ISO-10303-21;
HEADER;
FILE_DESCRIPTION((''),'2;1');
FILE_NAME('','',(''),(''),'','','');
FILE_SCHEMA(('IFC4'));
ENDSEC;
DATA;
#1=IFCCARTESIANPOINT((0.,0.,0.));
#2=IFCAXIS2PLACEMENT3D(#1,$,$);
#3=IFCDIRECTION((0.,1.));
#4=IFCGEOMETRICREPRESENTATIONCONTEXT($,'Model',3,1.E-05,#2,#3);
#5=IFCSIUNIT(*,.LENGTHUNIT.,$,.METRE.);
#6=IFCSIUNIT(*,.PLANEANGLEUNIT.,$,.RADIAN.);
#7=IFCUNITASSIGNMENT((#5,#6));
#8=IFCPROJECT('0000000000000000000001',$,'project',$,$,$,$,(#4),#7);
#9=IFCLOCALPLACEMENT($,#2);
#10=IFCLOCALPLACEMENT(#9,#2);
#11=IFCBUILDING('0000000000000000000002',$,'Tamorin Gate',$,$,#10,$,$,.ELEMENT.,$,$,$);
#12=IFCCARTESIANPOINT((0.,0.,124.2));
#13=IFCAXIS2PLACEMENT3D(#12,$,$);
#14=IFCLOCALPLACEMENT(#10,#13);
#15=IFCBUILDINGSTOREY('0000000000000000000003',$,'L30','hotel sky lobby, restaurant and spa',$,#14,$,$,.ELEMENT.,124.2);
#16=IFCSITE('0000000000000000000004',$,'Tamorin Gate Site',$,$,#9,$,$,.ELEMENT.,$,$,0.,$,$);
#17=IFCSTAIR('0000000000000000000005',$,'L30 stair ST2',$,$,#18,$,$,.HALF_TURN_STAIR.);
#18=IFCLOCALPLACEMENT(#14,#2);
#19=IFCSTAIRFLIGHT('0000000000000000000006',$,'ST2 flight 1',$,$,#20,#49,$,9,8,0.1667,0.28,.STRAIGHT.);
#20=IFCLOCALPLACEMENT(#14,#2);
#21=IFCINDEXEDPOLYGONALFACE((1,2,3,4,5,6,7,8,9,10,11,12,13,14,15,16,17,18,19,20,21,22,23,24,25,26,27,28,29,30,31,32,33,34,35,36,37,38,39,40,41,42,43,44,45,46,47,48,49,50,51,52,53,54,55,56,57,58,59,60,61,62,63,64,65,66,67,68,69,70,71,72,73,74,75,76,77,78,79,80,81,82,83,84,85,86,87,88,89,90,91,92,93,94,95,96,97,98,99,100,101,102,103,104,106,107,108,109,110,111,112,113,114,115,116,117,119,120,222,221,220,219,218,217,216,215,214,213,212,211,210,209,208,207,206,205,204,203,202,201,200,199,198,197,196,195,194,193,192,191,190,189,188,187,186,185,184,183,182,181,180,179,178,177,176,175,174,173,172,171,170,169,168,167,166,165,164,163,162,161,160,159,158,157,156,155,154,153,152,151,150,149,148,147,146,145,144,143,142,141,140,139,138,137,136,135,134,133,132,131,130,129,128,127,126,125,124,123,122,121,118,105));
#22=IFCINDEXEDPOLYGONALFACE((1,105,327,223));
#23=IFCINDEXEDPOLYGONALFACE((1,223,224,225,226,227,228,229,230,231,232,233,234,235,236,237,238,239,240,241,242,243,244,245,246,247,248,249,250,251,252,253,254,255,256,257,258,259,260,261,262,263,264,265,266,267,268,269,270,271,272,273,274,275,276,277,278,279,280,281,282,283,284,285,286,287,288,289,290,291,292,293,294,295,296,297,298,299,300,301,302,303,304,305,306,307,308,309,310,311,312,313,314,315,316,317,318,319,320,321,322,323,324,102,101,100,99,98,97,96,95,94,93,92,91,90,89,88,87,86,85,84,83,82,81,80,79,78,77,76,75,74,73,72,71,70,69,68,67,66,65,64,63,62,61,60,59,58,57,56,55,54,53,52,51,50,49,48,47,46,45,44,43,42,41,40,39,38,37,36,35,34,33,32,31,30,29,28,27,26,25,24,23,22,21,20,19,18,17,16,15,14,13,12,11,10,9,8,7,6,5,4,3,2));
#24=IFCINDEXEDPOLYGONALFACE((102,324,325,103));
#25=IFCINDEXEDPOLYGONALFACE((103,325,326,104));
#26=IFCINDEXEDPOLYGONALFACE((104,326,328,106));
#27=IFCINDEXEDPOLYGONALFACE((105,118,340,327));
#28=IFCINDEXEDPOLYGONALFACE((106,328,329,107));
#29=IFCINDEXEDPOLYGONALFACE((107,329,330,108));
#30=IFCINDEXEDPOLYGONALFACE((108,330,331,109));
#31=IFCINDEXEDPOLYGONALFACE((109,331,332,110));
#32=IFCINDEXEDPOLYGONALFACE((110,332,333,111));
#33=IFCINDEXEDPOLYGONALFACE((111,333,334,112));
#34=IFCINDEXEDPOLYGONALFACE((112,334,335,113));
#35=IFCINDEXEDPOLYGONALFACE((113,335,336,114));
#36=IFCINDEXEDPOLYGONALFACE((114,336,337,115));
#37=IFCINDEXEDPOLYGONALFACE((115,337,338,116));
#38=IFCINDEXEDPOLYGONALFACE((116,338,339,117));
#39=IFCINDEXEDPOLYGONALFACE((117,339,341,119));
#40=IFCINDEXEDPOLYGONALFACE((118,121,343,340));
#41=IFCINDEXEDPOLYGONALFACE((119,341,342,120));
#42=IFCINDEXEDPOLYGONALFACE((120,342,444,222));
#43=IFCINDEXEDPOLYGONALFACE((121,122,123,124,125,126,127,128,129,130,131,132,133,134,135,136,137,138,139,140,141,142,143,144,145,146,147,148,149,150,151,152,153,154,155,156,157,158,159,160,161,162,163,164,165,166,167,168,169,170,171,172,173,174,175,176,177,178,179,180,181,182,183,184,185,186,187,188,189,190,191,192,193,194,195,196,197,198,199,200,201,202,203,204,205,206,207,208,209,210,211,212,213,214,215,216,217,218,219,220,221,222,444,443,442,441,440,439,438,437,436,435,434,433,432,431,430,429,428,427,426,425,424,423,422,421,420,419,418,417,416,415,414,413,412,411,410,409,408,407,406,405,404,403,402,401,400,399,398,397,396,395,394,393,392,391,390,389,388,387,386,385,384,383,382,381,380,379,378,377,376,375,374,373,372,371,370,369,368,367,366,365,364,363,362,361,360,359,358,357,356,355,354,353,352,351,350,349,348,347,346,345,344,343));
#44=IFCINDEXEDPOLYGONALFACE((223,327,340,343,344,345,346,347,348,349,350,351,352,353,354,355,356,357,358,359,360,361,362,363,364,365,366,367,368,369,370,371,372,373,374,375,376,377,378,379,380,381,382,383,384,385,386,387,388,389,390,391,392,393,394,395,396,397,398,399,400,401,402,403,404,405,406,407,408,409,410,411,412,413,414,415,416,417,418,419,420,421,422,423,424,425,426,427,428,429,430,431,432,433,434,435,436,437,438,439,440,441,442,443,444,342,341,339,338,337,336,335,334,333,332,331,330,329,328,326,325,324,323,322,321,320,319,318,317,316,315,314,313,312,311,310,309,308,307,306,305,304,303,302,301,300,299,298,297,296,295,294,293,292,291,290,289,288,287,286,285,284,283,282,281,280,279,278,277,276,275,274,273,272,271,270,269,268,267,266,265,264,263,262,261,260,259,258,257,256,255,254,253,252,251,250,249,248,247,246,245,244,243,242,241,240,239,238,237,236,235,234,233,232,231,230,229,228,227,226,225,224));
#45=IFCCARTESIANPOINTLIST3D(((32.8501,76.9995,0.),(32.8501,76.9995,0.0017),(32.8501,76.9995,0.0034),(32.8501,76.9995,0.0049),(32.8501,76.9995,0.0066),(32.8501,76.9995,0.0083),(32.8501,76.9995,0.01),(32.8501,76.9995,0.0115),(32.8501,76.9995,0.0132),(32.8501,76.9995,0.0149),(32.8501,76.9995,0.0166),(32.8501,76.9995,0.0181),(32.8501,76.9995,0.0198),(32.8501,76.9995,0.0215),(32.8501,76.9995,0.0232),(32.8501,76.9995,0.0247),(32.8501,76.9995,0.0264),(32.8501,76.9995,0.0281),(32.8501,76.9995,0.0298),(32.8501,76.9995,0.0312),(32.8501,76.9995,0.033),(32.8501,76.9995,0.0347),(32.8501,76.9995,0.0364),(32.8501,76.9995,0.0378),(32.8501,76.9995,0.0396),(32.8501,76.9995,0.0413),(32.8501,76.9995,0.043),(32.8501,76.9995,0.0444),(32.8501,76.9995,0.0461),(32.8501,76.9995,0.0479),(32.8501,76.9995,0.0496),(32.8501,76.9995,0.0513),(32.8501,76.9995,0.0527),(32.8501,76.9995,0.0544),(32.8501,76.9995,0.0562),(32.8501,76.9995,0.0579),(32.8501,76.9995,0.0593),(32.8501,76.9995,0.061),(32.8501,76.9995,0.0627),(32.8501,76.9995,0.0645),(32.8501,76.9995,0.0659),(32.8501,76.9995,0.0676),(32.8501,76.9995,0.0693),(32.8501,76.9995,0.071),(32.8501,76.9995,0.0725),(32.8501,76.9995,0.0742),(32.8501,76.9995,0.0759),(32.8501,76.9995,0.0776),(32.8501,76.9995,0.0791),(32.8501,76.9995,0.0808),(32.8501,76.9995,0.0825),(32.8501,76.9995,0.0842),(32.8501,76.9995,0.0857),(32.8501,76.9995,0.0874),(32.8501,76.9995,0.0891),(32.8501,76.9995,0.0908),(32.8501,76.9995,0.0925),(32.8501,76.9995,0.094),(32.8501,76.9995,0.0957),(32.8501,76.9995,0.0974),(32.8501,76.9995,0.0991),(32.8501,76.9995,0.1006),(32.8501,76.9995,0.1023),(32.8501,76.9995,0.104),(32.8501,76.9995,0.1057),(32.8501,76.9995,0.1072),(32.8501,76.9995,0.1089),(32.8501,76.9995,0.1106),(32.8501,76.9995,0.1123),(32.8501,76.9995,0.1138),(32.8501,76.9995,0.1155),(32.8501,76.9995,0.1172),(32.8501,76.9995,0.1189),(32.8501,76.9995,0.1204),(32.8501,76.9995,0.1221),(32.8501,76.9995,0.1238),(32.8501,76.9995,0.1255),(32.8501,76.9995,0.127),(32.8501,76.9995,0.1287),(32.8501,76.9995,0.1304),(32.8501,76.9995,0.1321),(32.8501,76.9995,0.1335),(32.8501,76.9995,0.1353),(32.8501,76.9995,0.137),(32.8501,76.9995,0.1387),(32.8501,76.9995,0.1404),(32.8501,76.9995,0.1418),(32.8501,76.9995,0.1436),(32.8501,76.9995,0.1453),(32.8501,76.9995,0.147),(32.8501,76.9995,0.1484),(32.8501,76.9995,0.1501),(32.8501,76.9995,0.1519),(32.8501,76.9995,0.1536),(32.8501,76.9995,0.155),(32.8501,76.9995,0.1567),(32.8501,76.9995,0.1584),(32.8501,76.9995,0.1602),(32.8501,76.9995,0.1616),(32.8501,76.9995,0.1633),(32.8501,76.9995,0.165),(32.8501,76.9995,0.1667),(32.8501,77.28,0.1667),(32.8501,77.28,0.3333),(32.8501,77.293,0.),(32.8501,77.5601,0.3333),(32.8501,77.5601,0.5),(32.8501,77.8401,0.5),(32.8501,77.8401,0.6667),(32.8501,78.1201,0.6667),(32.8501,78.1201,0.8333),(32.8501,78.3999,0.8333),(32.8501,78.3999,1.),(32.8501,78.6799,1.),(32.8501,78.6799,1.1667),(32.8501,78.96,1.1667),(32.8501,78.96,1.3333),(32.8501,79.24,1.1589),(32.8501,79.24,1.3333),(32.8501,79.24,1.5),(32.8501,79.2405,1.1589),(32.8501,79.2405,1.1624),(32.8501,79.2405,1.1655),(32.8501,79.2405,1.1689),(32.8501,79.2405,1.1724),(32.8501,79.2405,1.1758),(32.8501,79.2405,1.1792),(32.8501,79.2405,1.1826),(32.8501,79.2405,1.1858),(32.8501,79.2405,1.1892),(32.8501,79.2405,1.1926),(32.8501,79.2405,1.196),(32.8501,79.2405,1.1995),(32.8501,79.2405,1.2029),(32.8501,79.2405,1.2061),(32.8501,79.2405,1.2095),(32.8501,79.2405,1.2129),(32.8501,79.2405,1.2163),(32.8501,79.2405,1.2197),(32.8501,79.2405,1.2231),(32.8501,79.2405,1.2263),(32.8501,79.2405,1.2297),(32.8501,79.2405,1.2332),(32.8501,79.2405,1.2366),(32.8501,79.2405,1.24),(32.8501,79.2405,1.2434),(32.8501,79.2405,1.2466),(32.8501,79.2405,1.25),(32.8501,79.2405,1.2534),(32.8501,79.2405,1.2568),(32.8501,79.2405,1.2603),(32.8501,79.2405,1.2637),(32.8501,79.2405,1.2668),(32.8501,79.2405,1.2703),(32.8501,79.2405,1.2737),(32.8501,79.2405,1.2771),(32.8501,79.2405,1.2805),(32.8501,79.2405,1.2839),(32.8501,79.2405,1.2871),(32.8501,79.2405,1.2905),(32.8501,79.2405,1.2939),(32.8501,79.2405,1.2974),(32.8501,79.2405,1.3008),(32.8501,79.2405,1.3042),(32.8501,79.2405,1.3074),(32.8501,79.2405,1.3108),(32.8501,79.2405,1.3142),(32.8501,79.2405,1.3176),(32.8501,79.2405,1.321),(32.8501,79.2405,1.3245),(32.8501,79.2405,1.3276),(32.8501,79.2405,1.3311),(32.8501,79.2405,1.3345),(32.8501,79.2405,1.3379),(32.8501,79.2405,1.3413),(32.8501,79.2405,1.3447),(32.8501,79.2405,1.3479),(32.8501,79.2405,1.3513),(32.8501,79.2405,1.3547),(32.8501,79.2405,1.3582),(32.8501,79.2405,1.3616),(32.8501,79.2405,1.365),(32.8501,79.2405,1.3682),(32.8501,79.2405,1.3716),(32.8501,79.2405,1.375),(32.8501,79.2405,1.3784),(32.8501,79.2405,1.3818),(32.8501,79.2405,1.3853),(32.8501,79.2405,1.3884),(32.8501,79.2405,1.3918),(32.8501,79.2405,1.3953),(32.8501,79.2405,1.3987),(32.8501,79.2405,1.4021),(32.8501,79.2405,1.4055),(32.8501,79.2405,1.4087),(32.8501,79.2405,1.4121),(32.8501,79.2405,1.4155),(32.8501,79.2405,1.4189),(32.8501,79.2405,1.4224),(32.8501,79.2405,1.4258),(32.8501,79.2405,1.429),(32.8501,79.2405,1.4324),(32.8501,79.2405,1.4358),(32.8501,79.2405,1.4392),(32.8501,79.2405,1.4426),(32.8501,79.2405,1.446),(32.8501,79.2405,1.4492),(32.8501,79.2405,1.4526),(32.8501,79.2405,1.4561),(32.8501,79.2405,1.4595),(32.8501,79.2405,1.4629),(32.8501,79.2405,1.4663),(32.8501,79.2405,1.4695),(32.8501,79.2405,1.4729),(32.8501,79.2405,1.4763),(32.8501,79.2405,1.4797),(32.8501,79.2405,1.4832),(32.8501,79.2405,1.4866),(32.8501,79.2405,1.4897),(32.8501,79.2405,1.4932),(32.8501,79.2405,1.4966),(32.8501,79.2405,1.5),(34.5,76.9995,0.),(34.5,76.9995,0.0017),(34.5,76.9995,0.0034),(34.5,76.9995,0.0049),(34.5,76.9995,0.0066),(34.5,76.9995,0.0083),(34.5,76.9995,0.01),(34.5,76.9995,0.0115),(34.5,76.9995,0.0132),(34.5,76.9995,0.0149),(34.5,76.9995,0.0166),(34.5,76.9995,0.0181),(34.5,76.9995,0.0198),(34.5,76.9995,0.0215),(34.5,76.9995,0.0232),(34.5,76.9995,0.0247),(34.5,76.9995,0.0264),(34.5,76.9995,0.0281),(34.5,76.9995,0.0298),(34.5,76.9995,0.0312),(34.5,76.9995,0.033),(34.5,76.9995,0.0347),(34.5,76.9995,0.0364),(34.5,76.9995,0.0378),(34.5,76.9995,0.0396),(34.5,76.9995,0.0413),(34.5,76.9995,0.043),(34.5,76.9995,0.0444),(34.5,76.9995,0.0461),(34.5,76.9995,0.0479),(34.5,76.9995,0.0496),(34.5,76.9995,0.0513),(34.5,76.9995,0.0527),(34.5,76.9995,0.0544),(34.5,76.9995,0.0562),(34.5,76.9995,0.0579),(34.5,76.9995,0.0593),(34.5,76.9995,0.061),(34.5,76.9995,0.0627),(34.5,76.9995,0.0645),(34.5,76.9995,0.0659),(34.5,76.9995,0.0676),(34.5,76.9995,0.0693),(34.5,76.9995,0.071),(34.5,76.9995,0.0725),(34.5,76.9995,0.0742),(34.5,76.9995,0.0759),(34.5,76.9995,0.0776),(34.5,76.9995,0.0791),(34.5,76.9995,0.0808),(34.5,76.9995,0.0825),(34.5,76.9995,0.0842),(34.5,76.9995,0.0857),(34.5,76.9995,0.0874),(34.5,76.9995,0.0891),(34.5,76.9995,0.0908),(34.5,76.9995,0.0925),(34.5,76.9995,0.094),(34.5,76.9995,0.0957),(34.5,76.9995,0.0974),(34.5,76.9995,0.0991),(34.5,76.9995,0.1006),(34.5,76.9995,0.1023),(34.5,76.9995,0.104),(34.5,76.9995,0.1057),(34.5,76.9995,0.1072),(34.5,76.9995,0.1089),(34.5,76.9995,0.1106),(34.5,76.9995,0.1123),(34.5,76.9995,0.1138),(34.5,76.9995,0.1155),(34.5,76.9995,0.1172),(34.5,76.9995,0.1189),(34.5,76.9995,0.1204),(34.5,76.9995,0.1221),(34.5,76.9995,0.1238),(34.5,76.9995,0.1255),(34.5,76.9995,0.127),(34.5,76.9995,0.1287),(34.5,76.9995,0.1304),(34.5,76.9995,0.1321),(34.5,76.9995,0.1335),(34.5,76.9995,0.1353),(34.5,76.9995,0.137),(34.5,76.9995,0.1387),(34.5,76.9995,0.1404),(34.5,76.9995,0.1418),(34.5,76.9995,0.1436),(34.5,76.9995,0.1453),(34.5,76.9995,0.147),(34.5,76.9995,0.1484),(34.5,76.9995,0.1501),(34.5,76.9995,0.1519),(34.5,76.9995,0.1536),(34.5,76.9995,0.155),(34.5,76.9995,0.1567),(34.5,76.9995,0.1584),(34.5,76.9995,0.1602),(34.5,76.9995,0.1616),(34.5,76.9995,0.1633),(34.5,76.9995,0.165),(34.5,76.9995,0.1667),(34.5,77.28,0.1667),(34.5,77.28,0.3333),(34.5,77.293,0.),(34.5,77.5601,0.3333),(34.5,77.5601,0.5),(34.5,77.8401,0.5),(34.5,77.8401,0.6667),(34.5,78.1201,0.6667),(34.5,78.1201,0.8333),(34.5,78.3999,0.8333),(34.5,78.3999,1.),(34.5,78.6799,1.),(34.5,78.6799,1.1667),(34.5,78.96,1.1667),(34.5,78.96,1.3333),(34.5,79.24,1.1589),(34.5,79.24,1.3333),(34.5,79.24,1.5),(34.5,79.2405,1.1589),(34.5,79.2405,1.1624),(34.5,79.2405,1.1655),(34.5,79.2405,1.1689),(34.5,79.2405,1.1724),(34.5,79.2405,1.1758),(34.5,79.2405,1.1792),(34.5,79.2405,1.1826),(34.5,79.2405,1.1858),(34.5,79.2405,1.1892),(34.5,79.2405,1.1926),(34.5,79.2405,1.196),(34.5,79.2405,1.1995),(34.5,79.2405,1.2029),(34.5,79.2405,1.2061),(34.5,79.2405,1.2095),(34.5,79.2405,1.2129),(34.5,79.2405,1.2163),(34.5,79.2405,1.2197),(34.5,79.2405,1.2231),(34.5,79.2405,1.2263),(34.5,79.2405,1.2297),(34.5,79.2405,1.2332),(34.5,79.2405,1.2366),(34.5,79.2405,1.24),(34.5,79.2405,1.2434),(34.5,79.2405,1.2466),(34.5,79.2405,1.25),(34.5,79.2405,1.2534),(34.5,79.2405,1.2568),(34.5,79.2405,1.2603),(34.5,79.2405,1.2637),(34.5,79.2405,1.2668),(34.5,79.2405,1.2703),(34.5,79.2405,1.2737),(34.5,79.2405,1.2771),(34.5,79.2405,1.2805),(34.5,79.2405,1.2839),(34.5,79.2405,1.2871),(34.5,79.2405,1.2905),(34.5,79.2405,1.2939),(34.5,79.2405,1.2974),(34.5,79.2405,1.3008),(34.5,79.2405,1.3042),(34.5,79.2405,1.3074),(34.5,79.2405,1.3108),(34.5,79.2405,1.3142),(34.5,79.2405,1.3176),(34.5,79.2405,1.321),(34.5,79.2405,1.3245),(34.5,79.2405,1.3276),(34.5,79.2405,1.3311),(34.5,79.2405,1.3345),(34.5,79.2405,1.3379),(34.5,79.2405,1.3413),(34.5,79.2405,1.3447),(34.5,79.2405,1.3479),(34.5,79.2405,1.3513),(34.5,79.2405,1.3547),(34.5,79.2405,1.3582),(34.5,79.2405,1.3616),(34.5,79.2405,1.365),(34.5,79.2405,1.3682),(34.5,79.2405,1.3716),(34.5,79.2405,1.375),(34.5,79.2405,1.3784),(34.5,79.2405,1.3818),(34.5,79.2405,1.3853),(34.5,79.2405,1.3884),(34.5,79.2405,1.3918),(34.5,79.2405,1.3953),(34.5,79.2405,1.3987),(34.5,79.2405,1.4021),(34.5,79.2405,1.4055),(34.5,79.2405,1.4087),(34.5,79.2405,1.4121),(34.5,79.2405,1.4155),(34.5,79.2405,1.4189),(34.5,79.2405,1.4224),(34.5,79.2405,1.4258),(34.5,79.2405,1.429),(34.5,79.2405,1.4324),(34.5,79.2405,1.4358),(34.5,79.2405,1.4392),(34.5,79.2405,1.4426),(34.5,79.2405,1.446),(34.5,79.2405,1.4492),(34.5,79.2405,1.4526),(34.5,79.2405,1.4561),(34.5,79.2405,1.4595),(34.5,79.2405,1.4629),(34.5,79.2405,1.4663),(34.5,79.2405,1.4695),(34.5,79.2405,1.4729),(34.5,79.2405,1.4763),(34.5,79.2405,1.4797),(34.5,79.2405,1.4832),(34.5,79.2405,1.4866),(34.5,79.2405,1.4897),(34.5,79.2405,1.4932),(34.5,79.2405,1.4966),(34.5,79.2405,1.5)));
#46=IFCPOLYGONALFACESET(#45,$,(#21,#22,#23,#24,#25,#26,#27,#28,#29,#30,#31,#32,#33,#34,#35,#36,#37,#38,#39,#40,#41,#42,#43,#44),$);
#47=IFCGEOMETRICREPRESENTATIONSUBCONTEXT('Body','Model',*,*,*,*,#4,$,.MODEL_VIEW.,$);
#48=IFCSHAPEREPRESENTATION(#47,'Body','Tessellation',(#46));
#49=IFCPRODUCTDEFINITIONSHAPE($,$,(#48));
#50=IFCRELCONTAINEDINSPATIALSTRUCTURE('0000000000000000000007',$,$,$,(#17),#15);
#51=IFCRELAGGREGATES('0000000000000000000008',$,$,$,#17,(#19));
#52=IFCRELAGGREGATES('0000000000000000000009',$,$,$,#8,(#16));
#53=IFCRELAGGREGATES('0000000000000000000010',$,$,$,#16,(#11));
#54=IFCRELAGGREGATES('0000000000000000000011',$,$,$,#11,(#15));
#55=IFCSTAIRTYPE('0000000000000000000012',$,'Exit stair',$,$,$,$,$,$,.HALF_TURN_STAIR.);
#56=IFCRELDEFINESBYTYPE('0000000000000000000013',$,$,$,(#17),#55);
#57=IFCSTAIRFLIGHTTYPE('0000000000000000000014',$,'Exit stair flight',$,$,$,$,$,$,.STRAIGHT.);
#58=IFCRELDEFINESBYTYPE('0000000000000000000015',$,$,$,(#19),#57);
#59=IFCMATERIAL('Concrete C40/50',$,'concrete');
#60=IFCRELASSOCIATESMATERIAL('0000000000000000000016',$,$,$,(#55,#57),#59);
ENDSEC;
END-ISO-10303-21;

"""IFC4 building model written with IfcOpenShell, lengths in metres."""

from ifc_helpers import new_model, si_unit, direction, frame, origin, place, context, subcontext, project, spatial, polyline, outline, extrude, material, type_object, element, aggregate, save


model = new_model("IFC4")

# Units and contexts
model_context = context("Model", 3, precision=1e-05, world=origin(), true_north=direction((0.0, 1.0)))
body_context = subcontext(model_context, "Body", "Model", "MODEL_VIEW")
ifc_project = project(units=[si_unit("LENGTHUNIT", "METRE"), si_unit("PLANEANGLEUNIT", "RADIAN")], contexts=[model_context])

# Site, building, storey
site_placement = place(None, origin())
site = spatial("IfcSite", under=ifc_project, at=site_placement, Name="Tamorin Gate Site", CompositionType="ELEMENT", RefElevation=0.0)
building_placement = place(site_placement, origin())
building = spatial("IfcBuilding", under=site, at=building_placement, Name="Tamorin Gate", CompositionType="ELEMENT")
storey_placement = place(building_placement, frame((0.0, 0.0, 124.2)))
storey = spatial("IfcBuildingStorey", under=building, at=storey_placement, Name="L30", Description="hotel sky lobby, restaurant and spa", CompositionType="ELEMENT", Elevation=124.2)

# Shared definitions
ifc_material_1 = material(Name="Concrete C40/50", Category="concrete")

# Shared definitions
stair_type = type_object("IfcStairType", Name="Exit stair", PredefinedType="HALF_TURN_STAIR", material=ifc_material_1)
stair_flight_type = type_object("IfcStairFlightType", Name="Exit stair flight", PredefinedType="STRAIGHT", material=ifc_material_1)

# Stair, stair flight
stair_1_placement = place(storey_placement, origin())
stair_1 = element("IfcStair", 1, at=stair_1_placement, inside=storey, type_object=stair_type, Name="L30 stair ST2", PredefinedType="HALF_TURN_STAIR")
stair_flight_1_placement = place(storey_placement, frame((33.675, 77.0, 0.0), z_axis=(0.0, 0.0, 1.0), x_axis=(0.0, 1.0, 0.0)))
stair_flight_1 = element("IfcStairFlight", 2, at=stair_flight_1_placement, type_object=stair_flight_type, Name="ST2 flight 1", NumberOfRisers=9, NumberOfTreads=8, PredefinedType="STRAIGHT", RiserHeight=0.1667, TreadLength=0.28, context=body_context, shape_type="SweptSolid", body=[
    extrude(outline(polyline([(-0.0005, 0.0), (-0.0005, 0.0017), (-0.0005, 0.0034), (-0.0005, 0.0049), (-0.0005, 0.0066), (-0.0005, 0.0083), (-0.0005, 0.01), (-0.0005, 0.0115), (-0.0005, 0.0132), (-0.0005, 0.0149), (-0.0005, 0.0166), (-0.0005, 0.0181), (-0.0005, 0.0198), (-0.0005, 0.0215), (-0.0005, 0.0232), (-0.0005, 0.0247), (-0.0005, 0.0264), (-0.0005, 0.0281), (-0.0005, 0.0298), (-0.0005, 0.0312), (-0.0005, 0.033), (-0.0005, 0.0347), (-0.0005, 0.0364), (-0.0005, 0.0378), (-0.0005, 0.0396), (-0.0005, 0.0413), (-0.0005, 0.043), (-0.0005, 0.0444), (-0.0005, 0.0461), (-0.0005, 0.0479), (-0.0005, 0.0496), (-0.0005, 0.0513), (-0.0005, 0.0527), (-0.0005, 0.0544), (-0.0005, 0.0562), (-0.0005, 0.0579), (-0.0005, 0.0593), (-0.0005, 0.061), (-0.0005, 0.0627), (-0.0005, 0.0645), (-0.0005, 0.0659), (-0.0005, 0.0676), (-0.0005, 0.0693), (-0.0005, 0.071), (-0.0005, 0.0725), (-0.0005, 0.0742), (-0.0005, 0.0759), (-0.0005, 0.0776), (-0.0005, 0.0791), (-0.0005, 0.0808), (-0.0005, 0.0825), (-0.0005, 0.0842), (-0.0005, 0.0857), (-0.0005, 0.0874), (-0.0005, 0.0891), (-0.0005, 0.0908), (-0.0005, 0.0925), (-0.0005, 0.094), (-0.0005, 0.0957), (-0.0005, 0.0974), (-0.0005, 0.0991), (-0.0005, 0.1006), (-0.0005, 0.1023), (-0.0005, 0.104), (-0.0005, 0.1057), (-0.0005, 0.1072), (-0.0005, 0.1089), (-0.0005, 0.1106), (-0.0005, 0.1123), (-0.0005, 0.1138), (-0.0005, 0.1155), (-0.0005, 0.1172), (-0.0005, 0.1189), (-0.0005, 0.1204), (-0.0005, 0.1221), (-0.0005, 0.1238), (-0.0005, 0.1255), (-0.0005, 0.127), (-0.0005, 0.1287), (-0.0005, 0.1304), (-0.0005, 0.1321), (-0.0005, 0.1335), (-0.0005, 0.1353), (-0.0005, 0.137), (-0.0005, 0.1387), (-0.0005, 0.1404), (-0.0005, 0.1418), (-0.0005, 0.1436), (-0.0005, 0.1453), (-0.0005, 0.147), (-0.0005, 0.1484), (-0.0005, 0.1501), (-0.0005, 0.1519), (-0.0005, 0.1536), (-0.0005, 0.155), (-0.0005, 0.1567), (-0.0005, 0.1584), (-0.0005, 0.1602), (-0.0005, 0.1616), (-0.0005, 0.1633), (-0.0005, 0.165), (-0.0005, 0.1667), (0.28, 0.1667), (0.28, 0.3333), (0.5601, 0.3333), (0.5601, 0.5), (0.8401, 0.5), (0.8401, 0.6667), (1.1201, 0.6667), (1.1201, 0.8333), (1.3999, 0.8333), (1.3999, 1.0), (1.6799, 1.0), (1.6799, 1.1667), (1.96, 1.1667), (1.96, 1.3333), (2.24, 1.3333), (2.24, 1.5), (2.2405, 1.5), (2.2405, 1.4966), (2.2405, 1.4932), (2.2405, 1.4897), (2.2405, 1.4866), (2.2405, 1.4832), (2.2405, 1.4797), (2.2405, 1.4763), (2.2405, 1.4729), (2.2405, 1.4695), (2.2405, 1.4663), (2.2405, 1.4629), (2.2405, 1.4595), (2.2405, 1.4561), (2.2405, 1.4526), (2.2405, 1.4492), (2.2405, 1.446), (2.2405, 1.4426), (2.2405, 1.4392), (2.2405, 1.4358), (2.2405, 1.4324), (2.2405, 1.429), (2.2405, 1.4258), (2.2405, 1.4224), (2.2405, 1.4189), (2.2405, 1.4155), (2.2405, 1.4121), (2.2405, 1.4087), (2.2405, 1.4055), (2.2405, 1.4021), (2.2405, 1.3987), (2.2405, 1.3953), (2.2405, 1.3918), (2.2405, 1.3884), (2.2405, 1.3853), (2.2405, 1.3818), (2.2405, 1.3784), (2.2405, 1.375), (2.2405, 1.3716), (2.2405, 1.3682), (2.2405, 1.365), (2.2405, 1.3616), (2.2405, 1.3582), (2.2405, 1.3547), (2.2405, 1.3513), (2.2405, 1.3479), (2.2405, 1.3447), (2.2405, 1.3413), (2.2405, 1.3379), (2.2405, 1.3345), (2.2405, 1.3311), (2.2405, 1.3276), (2.2405, 1.3245), (2.2405, 1.321), (2.2405, 1.3176), (2.2405, 1.3142), (2.2405, 1.3108), (2.2405, 1.3074), (2.2405, 1.3042), (2.2405, 1.3008), (2.2405, 1.2974), (2.2405, 1.2939), (2.2405, 1.2905), (2.2405, 1.2871), (2.2405, 1.2839), (2.2405, 1.2805), (2.2405, 1.2771), (2.2405, 1.2737), (2.2405, 1.2703), (2.2405, 1.2668), (2.2405, 1.2637), (2.2405, 1.2603), (2.2405, 1.2568), (2.2405, 1.2534), (2.2405, 1.25), (2.2405, 1.2466), (2.2405, 1.2434), (2.2405, 1.24), (2.2405, 1.2366), (2.2405, 1.2332), (2.2405, 1.2297), (2.2405, 1.2263), (2.2405, 1.2231), (2.2405, 1.2197), (2.2405, 1.2163), (2.2405, 1.2129), (2.2405, 1.2095), (2.2405, 1.2061), (2.2405, 1.2029), (2.2405, 1.1995), (2.2405, 1.196), (2.2405, 1.1926), (2.2405, 1.1892), (2.2405, 1.1858), (2.2405, 1.1826), (2.2405, 1.1792), (2.2405, 1.1758), (2.2405, 1.1724), (2.2405, 1.1689), (2.2405, 1.1655), (2.2405, 1.1624), (2.2405, 1.1589), (2.24, 1.1589), (0.293, 0.0), (-0.0005, 0.0)])), frame((0.0, 0.825, 0.0), z_axis=(0.0, -1.0, 0.0), x_axis=(1.0, 0.0, 0.0)), (0.0, 0.0, 1.0), 1.6499),
])
aggregate(stair_1, [stair_flight_1])

save(model, "model.ifc")
